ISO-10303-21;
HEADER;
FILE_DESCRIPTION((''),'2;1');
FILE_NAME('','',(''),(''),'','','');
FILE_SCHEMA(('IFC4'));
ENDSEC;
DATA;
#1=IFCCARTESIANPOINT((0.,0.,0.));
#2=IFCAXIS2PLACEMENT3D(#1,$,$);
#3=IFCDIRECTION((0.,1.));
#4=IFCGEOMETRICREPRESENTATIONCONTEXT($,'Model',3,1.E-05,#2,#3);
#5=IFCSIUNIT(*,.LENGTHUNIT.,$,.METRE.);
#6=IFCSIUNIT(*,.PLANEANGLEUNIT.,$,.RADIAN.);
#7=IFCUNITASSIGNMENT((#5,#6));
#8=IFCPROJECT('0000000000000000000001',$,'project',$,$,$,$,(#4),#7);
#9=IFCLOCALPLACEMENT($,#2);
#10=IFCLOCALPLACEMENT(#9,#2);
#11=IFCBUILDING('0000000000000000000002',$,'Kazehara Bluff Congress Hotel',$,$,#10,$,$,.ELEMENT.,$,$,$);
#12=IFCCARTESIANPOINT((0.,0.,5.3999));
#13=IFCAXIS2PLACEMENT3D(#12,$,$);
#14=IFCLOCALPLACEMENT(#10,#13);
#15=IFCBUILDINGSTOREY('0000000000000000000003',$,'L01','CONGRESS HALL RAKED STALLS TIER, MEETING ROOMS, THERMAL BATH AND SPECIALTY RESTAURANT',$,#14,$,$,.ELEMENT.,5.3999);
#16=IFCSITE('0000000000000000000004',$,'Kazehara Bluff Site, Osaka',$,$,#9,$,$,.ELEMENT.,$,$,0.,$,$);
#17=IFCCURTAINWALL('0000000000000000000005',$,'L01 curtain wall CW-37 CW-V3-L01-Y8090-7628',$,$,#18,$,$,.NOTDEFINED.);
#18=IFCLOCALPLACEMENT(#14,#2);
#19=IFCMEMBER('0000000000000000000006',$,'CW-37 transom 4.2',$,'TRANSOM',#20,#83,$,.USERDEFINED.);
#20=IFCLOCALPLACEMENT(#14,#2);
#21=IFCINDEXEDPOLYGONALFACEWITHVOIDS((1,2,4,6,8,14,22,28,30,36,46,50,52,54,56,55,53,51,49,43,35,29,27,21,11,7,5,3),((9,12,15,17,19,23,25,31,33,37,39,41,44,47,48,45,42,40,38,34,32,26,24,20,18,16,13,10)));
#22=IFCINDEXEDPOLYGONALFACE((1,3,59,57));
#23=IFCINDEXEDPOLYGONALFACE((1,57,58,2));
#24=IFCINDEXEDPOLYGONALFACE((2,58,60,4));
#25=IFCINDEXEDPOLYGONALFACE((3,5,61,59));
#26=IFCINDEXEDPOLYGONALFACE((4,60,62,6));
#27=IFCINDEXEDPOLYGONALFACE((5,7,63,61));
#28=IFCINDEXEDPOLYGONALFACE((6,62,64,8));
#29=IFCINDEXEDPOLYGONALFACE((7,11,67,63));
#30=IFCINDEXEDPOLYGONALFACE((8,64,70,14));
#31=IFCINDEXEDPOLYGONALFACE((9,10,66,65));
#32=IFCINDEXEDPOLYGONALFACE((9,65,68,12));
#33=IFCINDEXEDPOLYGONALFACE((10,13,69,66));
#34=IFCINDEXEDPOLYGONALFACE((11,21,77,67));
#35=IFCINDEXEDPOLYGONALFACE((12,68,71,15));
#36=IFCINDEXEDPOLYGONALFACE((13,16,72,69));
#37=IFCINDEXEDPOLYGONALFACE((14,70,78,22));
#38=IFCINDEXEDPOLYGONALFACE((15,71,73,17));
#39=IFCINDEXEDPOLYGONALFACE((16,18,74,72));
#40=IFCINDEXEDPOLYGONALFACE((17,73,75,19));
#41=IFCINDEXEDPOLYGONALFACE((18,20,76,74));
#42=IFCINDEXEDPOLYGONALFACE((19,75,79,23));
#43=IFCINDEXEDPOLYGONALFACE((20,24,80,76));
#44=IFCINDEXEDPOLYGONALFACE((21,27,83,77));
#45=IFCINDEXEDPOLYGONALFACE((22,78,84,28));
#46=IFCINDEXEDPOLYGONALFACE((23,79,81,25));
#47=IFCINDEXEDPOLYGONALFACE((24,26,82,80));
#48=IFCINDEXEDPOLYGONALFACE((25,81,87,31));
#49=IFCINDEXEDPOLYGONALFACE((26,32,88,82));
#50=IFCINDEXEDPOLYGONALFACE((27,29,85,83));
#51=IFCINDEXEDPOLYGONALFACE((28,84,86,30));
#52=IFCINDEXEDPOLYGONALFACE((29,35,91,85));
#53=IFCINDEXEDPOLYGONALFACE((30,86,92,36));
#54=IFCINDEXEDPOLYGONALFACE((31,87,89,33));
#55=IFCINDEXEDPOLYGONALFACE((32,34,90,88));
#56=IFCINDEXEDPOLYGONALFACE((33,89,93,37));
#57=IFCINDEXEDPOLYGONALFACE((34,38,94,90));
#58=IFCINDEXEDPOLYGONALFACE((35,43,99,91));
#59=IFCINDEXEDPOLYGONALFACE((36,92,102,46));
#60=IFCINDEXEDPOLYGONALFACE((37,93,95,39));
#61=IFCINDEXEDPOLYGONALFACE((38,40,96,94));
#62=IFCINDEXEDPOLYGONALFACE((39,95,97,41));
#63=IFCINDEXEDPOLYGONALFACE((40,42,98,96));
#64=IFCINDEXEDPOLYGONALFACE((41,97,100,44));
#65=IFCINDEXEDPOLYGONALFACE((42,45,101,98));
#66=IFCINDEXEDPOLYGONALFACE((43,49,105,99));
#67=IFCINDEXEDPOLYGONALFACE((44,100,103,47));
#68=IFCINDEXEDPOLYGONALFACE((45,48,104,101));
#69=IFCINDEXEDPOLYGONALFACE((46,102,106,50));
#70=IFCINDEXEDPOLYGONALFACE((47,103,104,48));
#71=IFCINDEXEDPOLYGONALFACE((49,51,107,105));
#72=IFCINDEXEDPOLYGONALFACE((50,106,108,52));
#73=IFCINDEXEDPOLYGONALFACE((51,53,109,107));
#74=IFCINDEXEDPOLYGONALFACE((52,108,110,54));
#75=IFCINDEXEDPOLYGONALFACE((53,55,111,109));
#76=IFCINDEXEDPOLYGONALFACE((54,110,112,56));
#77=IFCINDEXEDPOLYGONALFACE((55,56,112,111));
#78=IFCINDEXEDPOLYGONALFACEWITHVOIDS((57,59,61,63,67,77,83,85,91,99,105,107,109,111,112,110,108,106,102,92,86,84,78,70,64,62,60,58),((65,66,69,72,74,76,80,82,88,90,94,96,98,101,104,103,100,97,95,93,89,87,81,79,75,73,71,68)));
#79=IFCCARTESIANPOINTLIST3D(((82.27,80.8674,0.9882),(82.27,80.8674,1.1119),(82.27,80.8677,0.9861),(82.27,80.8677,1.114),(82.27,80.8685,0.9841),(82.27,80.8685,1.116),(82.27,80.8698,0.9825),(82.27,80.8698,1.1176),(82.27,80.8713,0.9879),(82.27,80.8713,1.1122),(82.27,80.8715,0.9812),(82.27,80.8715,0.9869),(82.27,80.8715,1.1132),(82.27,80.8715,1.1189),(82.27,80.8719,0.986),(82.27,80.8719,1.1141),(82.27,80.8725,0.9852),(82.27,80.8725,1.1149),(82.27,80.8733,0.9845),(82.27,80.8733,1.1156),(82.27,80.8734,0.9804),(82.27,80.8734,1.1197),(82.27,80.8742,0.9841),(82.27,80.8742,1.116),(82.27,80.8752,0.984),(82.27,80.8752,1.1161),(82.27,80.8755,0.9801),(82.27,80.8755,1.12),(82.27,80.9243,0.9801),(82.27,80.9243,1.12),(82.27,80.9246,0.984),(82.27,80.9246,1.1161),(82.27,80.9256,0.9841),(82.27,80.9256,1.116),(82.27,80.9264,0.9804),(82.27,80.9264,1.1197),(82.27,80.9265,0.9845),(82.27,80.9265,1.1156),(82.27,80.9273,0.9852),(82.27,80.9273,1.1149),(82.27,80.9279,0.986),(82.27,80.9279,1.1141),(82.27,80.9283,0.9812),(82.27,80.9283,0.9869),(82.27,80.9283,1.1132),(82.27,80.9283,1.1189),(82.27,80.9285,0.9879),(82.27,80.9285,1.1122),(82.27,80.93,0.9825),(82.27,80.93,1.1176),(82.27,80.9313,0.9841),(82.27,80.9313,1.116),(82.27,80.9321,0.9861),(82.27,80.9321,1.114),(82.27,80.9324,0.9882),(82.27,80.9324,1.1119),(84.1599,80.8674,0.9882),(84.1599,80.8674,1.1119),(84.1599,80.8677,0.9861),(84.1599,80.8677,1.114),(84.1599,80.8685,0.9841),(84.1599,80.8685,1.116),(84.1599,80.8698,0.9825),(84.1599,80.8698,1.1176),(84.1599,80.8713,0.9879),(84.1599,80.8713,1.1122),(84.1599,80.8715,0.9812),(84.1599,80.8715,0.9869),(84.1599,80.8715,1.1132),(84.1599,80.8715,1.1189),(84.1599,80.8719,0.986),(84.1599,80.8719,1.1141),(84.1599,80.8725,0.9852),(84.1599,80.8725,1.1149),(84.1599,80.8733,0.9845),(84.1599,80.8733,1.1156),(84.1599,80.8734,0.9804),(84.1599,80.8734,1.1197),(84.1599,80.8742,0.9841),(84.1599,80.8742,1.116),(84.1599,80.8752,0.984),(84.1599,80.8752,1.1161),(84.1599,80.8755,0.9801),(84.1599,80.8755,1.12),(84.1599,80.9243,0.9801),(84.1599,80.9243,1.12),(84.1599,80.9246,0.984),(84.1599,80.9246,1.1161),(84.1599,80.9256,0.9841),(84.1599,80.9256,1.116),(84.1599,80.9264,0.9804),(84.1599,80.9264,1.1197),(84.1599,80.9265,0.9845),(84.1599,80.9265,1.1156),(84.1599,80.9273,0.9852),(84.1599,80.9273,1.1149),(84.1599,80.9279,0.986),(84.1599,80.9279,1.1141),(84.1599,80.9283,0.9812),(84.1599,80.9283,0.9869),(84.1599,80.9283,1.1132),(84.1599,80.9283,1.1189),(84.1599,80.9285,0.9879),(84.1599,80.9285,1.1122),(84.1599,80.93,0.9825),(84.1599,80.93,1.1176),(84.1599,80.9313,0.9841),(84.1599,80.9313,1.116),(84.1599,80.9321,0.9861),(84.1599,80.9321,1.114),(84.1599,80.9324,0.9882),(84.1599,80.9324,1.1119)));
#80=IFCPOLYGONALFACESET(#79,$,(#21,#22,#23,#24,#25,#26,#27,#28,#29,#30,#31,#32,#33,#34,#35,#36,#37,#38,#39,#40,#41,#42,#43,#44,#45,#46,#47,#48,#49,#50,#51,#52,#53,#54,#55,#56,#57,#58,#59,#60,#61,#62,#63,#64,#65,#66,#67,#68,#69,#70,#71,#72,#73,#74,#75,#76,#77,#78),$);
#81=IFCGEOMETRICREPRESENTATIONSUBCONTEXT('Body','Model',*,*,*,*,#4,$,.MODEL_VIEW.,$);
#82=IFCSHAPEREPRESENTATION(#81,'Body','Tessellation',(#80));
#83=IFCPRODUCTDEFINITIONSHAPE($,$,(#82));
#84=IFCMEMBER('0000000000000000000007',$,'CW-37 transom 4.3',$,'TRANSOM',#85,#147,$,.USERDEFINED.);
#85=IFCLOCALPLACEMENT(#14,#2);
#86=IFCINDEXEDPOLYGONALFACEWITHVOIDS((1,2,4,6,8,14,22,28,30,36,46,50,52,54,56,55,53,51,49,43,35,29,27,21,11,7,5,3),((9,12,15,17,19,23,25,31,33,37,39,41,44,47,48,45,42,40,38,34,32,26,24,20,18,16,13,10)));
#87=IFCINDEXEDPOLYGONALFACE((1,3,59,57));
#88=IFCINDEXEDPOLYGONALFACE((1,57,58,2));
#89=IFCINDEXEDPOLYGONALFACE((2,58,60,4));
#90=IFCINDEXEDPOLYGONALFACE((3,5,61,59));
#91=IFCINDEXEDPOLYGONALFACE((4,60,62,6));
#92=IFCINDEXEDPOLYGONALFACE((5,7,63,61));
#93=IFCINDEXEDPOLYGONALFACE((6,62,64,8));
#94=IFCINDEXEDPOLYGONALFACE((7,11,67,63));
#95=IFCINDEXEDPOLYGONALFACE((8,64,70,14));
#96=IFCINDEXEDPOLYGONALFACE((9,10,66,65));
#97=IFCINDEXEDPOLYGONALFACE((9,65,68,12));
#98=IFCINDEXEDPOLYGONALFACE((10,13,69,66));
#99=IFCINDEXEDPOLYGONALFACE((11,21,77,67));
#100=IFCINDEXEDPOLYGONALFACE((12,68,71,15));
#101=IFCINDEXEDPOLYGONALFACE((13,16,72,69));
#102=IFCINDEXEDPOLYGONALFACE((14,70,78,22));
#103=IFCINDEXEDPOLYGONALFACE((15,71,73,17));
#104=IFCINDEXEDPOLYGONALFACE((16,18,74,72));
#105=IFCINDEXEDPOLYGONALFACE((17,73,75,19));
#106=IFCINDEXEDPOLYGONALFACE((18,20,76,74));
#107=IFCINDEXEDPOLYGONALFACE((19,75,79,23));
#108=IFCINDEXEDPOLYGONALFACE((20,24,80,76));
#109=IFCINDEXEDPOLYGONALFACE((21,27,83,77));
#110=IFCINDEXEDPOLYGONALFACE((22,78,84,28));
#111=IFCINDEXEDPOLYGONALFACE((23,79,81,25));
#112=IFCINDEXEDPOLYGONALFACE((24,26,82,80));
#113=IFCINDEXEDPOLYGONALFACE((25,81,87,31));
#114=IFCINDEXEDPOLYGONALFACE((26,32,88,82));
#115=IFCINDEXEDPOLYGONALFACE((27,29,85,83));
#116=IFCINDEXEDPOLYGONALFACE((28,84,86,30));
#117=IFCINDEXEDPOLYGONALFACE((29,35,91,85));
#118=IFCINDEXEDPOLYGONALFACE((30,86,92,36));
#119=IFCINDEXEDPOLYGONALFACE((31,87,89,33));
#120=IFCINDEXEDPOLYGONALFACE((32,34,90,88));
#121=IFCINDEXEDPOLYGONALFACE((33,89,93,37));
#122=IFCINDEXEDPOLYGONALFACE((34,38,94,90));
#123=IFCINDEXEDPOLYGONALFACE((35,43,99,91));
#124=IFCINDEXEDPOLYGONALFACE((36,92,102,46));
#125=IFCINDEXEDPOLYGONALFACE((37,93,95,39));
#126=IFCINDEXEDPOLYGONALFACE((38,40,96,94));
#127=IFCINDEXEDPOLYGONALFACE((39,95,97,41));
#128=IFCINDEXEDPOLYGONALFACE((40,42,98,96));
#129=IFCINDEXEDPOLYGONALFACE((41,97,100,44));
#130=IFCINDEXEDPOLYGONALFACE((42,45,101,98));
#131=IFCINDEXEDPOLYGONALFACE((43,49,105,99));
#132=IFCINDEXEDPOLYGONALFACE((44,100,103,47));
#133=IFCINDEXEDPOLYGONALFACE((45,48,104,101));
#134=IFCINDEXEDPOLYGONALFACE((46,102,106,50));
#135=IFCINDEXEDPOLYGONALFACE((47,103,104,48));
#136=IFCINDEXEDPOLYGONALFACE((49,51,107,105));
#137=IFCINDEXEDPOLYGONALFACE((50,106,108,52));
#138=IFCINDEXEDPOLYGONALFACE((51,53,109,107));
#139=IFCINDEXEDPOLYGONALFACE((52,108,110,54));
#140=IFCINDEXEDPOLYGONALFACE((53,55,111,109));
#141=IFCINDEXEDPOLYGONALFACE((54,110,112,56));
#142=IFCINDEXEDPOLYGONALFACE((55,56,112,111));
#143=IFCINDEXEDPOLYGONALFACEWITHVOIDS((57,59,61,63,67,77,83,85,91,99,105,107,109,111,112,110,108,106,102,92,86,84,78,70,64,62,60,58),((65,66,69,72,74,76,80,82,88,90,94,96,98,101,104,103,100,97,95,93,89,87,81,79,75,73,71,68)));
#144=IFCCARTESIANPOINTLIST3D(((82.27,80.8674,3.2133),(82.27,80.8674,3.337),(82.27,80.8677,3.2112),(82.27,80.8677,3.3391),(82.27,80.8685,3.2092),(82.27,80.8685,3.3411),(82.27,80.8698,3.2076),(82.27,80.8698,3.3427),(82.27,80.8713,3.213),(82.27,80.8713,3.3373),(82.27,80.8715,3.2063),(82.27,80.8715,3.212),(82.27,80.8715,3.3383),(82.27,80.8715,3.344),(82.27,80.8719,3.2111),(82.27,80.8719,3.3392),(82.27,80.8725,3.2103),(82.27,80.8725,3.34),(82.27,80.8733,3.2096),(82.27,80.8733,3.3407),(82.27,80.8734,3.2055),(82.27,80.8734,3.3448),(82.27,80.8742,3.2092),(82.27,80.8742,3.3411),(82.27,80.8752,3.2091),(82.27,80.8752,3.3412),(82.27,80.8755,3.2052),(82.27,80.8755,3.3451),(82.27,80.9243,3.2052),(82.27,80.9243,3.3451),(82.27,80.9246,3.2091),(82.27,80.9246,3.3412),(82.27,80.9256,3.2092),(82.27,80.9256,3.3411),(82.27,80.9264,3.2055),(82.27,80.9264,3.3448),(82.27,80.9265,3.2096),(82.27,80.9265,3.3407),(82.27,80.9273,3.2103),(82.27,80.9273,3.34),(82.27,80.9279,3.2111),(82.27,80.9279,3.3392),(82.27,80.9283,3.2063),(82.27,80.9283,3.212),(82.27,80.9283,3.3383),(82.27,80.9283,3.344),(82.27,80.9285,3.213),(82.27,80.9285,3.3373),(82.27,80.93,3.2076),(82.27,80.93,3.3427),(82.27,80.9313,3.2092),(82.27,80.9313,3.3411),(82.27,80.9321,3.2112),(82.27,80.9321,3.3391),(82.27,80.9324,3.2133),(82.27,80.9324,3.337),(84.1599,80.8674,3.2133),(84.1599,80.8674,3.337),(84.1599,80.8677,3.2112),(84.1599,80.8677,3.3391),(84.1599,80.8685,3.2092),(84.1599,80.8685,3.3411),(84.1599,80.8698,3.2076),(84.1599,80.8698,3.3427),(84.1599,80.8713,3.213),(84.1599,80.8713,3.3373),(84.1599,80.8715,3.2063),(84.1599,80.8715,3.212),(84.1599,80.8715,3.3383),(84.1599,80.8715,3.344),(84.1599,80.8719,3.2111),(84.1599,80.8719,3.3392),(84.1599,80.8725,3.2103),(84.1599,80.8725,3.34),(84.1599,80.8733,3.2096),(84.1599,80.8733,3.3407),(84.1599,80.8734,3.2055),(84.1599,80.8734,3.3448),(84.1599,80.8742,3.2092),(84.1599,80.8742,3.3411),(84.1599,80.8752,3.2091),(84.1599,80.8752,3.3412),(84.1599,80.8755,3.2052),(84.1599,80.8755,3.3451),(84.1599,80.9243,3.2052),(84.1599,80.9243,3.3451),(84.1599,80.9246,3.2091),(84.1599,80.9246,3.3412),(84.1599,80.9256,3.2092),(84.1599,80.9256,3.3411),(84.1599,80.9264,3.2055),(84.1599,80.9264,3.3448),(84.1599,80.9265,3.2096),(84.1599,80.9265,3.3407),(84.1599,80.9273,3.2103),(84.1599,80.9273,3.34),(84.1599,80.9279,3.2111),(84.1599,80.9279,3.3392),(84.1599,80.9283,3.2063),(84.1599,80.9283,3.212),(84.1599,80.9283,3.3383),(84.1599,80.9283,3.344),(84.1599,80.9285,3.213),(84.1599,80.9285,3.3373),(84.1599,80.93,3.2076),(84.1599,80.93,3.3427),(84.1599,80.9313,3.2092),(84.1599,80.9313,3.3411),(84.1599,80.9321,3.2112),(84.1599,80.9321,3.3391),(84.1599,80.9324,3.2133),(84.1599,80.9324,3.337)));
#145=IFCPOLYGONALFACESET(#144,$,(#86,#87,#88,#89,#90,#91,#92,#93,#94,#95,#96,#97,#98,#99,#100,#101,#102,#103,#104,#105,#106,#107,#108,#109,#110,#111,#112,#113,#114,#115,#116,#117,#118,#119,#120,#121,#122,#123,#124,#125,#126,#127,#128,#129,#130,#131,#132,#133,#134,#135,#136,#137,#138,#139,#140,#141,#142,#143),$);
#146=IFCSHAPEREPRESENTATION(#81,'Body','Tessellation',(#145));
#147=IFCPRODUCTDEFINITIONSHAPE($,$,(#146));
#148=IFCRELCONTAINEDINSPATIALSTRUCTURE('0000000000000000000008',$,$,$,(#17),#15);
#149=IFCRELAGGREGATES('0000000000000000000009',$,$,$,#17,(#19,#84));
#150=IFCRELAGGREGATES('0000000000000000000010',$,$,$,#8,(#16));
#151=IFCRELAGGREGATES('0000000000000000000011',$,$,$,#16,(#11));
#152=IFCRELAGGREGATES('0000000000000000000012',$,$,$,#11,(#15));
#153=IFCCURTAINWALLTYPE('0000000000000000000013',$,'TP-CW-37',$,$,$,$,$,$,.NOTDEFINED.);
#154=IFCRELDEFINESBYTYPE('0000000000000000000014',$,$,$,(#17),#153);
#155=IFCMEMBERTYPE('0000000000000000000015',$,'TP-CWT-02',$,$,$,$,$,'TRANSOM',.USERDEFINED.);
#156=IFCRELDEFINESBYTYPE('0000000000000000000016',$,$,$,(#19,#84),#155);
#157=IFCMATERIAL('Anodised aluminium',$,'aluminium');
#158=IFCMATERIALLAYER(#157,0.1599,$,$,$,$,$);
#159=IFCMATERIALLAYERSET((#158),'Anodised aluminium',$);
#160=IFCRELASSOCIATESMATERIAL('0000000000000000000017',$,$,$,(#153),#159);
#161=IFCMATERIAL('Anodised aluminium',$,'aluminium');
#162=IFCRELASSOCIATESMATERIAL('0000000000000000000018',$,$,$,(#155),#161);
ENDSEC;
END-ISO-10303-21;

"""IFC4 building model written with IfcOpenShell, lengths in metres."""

from ifc_helpers import new_model, si_unit, direction, frame, origin, origin_2d, place, context, subcontext, project, spatial, hollow_rectangle, extrude, material, layer, layer_set, material_profile, profile_set, type_object, element, aggregate, save


model = new_model("IFC4")

# Units and contexts
model_context = context("Model", 3, precision=1e-05, world=origin(), true_north=direction((0.0, 1.0)))
body_context = subcontext(model_context, "Body", "Model", "MODEL_VIEW")
ifc_project = project(units=[si_unit("LENGTHUNIT", "METRE"), si_unit("PLANEANGLEUNIT", "RADIAN")], contexts=[model_context])

# Site, building, storey
site_placement = place(None, origin())
site = spatial("IfcSite", under=ifc_project, at=site_placement, Name="Kazehara Bluff Site, Osaka", CompositionType="ELEMENT", RefElevation=0.0)
building_placement = place(site_placement, origin())
building = spatial("IfcBuilding", under=site, at=building_placement, Name="Kazehara Bluff Congress Hotel", CompositionType="ELEMENT")
storey_placement = place(building_placement, frame((0.0, 0.0, 5.3999)))
storey = spatial("IfcBuildingStorey", under=building, at=storey_placement, Name="L01", Description="CONGRESS HALL RAKED STALLS TIER, MEETING ROOMS, THERMAL BATH AND SPECIALTY RESTAURANT", CompositionType="ELEMENT", Elevation=5.3999)

# Curtain wall
ifc_material_1 = material(Name="Anodised aluminium", Category="aluminium")
ifc_layer_1 = layer(ifc_material_1, 0.1599)
ifc_layer_set_1 = layer_set([ifc_layer_1], Name="Anodised aluminium")
curtain_wall_type_1 = type_object("IfcCurtainWallType", Name="TP-CW-37", PredefinedType="NOTDEFINED", material=ifc_layer_set_1)
curtain_wall_1_placement = place(storey_placement, origin())
curtain_wall_1 = element("IfcCurtainWall", 1, at=curtain_wall_1_placement, inside=storey, type_object=curtain_wall_type_1, Name="L01 curtain wall CW-37 CW-V3-L01-Y8090-7628", PredefinedType="NOTDEFINED")

# Members
ifc_material_2 = material(Name="Anodised aluminium", Category="aluminium")
ifc_material_profile_1 = material_profile(ifc_material_2, hollow_rectangle(XDim=0.0649, YDim=0.1399, WallThickness=0.0039, InnerFilletRadius=0.0039, OuterFilletRadius=0.0081, at=origin_2d()))
ifc_profile_set_1 = profile_set([ifc_material_profile_1], Name="Anodised aluminium")
member_type_1 = type_object("IfcMemberType", Name="TP-CWT-02", ElementType="TRANSOM", PredefinedType="USERDEFINED", material=ifc_profile_set_1)
member_1_placement = place(storey_placement, frame((82.27, 80.8999, 1.05), z_axis=(1.0, 0.0, 0.0), x_axis=(0.0, 1.0, 0.0)))
member_1 = element("IfcMember", 2, at=member_1_placement, type_object=member_type_1, Name="CW-37 transom 4.2", ObjectType="TRANSOM", PredefinedType="USERDEFINED", context=body_context, shape_type="SweptSolid", body=[
    extrude(hollow_rectangle(XDim=0.0649, YDim=0.1399, WallThickness=0.0039, InnerFilletRadius=0.0039, OuterFilletRadius=0.0081, at=origin_2d()), origin(), (0.0, 0.0, 1.0), 1.8899),
])
member_2_placement = place(storey_placement, frame((82.27, 80.8999, 3.2751), z_axis=(1.0, 0.0, 0.0), x_axis=(0.0, 1.0, 0.0)))
member_2 = element("IfcMember", 3, at=member_2_placement, type_object=member_type_1, Name="CW-37 transom 4.3", ObjectType="TRANSOM", PredefinedType="USERDEFINED", context=body_context, shape_type="SweptSolid", body=[
    extrude(hollow_rectangle(XDim=0.0649, YDim=0.1399, WallThickness=0.0039, InnerFilletRadius=0.0039, OuterFilletRadius=0.0081, at=origin_2d()), origin(), (0.0, 0.0, 1.0), 1.8899),
])

aggregate(curtain_wall_1, [member_1, member_2])

save(model, "model.ifc")
